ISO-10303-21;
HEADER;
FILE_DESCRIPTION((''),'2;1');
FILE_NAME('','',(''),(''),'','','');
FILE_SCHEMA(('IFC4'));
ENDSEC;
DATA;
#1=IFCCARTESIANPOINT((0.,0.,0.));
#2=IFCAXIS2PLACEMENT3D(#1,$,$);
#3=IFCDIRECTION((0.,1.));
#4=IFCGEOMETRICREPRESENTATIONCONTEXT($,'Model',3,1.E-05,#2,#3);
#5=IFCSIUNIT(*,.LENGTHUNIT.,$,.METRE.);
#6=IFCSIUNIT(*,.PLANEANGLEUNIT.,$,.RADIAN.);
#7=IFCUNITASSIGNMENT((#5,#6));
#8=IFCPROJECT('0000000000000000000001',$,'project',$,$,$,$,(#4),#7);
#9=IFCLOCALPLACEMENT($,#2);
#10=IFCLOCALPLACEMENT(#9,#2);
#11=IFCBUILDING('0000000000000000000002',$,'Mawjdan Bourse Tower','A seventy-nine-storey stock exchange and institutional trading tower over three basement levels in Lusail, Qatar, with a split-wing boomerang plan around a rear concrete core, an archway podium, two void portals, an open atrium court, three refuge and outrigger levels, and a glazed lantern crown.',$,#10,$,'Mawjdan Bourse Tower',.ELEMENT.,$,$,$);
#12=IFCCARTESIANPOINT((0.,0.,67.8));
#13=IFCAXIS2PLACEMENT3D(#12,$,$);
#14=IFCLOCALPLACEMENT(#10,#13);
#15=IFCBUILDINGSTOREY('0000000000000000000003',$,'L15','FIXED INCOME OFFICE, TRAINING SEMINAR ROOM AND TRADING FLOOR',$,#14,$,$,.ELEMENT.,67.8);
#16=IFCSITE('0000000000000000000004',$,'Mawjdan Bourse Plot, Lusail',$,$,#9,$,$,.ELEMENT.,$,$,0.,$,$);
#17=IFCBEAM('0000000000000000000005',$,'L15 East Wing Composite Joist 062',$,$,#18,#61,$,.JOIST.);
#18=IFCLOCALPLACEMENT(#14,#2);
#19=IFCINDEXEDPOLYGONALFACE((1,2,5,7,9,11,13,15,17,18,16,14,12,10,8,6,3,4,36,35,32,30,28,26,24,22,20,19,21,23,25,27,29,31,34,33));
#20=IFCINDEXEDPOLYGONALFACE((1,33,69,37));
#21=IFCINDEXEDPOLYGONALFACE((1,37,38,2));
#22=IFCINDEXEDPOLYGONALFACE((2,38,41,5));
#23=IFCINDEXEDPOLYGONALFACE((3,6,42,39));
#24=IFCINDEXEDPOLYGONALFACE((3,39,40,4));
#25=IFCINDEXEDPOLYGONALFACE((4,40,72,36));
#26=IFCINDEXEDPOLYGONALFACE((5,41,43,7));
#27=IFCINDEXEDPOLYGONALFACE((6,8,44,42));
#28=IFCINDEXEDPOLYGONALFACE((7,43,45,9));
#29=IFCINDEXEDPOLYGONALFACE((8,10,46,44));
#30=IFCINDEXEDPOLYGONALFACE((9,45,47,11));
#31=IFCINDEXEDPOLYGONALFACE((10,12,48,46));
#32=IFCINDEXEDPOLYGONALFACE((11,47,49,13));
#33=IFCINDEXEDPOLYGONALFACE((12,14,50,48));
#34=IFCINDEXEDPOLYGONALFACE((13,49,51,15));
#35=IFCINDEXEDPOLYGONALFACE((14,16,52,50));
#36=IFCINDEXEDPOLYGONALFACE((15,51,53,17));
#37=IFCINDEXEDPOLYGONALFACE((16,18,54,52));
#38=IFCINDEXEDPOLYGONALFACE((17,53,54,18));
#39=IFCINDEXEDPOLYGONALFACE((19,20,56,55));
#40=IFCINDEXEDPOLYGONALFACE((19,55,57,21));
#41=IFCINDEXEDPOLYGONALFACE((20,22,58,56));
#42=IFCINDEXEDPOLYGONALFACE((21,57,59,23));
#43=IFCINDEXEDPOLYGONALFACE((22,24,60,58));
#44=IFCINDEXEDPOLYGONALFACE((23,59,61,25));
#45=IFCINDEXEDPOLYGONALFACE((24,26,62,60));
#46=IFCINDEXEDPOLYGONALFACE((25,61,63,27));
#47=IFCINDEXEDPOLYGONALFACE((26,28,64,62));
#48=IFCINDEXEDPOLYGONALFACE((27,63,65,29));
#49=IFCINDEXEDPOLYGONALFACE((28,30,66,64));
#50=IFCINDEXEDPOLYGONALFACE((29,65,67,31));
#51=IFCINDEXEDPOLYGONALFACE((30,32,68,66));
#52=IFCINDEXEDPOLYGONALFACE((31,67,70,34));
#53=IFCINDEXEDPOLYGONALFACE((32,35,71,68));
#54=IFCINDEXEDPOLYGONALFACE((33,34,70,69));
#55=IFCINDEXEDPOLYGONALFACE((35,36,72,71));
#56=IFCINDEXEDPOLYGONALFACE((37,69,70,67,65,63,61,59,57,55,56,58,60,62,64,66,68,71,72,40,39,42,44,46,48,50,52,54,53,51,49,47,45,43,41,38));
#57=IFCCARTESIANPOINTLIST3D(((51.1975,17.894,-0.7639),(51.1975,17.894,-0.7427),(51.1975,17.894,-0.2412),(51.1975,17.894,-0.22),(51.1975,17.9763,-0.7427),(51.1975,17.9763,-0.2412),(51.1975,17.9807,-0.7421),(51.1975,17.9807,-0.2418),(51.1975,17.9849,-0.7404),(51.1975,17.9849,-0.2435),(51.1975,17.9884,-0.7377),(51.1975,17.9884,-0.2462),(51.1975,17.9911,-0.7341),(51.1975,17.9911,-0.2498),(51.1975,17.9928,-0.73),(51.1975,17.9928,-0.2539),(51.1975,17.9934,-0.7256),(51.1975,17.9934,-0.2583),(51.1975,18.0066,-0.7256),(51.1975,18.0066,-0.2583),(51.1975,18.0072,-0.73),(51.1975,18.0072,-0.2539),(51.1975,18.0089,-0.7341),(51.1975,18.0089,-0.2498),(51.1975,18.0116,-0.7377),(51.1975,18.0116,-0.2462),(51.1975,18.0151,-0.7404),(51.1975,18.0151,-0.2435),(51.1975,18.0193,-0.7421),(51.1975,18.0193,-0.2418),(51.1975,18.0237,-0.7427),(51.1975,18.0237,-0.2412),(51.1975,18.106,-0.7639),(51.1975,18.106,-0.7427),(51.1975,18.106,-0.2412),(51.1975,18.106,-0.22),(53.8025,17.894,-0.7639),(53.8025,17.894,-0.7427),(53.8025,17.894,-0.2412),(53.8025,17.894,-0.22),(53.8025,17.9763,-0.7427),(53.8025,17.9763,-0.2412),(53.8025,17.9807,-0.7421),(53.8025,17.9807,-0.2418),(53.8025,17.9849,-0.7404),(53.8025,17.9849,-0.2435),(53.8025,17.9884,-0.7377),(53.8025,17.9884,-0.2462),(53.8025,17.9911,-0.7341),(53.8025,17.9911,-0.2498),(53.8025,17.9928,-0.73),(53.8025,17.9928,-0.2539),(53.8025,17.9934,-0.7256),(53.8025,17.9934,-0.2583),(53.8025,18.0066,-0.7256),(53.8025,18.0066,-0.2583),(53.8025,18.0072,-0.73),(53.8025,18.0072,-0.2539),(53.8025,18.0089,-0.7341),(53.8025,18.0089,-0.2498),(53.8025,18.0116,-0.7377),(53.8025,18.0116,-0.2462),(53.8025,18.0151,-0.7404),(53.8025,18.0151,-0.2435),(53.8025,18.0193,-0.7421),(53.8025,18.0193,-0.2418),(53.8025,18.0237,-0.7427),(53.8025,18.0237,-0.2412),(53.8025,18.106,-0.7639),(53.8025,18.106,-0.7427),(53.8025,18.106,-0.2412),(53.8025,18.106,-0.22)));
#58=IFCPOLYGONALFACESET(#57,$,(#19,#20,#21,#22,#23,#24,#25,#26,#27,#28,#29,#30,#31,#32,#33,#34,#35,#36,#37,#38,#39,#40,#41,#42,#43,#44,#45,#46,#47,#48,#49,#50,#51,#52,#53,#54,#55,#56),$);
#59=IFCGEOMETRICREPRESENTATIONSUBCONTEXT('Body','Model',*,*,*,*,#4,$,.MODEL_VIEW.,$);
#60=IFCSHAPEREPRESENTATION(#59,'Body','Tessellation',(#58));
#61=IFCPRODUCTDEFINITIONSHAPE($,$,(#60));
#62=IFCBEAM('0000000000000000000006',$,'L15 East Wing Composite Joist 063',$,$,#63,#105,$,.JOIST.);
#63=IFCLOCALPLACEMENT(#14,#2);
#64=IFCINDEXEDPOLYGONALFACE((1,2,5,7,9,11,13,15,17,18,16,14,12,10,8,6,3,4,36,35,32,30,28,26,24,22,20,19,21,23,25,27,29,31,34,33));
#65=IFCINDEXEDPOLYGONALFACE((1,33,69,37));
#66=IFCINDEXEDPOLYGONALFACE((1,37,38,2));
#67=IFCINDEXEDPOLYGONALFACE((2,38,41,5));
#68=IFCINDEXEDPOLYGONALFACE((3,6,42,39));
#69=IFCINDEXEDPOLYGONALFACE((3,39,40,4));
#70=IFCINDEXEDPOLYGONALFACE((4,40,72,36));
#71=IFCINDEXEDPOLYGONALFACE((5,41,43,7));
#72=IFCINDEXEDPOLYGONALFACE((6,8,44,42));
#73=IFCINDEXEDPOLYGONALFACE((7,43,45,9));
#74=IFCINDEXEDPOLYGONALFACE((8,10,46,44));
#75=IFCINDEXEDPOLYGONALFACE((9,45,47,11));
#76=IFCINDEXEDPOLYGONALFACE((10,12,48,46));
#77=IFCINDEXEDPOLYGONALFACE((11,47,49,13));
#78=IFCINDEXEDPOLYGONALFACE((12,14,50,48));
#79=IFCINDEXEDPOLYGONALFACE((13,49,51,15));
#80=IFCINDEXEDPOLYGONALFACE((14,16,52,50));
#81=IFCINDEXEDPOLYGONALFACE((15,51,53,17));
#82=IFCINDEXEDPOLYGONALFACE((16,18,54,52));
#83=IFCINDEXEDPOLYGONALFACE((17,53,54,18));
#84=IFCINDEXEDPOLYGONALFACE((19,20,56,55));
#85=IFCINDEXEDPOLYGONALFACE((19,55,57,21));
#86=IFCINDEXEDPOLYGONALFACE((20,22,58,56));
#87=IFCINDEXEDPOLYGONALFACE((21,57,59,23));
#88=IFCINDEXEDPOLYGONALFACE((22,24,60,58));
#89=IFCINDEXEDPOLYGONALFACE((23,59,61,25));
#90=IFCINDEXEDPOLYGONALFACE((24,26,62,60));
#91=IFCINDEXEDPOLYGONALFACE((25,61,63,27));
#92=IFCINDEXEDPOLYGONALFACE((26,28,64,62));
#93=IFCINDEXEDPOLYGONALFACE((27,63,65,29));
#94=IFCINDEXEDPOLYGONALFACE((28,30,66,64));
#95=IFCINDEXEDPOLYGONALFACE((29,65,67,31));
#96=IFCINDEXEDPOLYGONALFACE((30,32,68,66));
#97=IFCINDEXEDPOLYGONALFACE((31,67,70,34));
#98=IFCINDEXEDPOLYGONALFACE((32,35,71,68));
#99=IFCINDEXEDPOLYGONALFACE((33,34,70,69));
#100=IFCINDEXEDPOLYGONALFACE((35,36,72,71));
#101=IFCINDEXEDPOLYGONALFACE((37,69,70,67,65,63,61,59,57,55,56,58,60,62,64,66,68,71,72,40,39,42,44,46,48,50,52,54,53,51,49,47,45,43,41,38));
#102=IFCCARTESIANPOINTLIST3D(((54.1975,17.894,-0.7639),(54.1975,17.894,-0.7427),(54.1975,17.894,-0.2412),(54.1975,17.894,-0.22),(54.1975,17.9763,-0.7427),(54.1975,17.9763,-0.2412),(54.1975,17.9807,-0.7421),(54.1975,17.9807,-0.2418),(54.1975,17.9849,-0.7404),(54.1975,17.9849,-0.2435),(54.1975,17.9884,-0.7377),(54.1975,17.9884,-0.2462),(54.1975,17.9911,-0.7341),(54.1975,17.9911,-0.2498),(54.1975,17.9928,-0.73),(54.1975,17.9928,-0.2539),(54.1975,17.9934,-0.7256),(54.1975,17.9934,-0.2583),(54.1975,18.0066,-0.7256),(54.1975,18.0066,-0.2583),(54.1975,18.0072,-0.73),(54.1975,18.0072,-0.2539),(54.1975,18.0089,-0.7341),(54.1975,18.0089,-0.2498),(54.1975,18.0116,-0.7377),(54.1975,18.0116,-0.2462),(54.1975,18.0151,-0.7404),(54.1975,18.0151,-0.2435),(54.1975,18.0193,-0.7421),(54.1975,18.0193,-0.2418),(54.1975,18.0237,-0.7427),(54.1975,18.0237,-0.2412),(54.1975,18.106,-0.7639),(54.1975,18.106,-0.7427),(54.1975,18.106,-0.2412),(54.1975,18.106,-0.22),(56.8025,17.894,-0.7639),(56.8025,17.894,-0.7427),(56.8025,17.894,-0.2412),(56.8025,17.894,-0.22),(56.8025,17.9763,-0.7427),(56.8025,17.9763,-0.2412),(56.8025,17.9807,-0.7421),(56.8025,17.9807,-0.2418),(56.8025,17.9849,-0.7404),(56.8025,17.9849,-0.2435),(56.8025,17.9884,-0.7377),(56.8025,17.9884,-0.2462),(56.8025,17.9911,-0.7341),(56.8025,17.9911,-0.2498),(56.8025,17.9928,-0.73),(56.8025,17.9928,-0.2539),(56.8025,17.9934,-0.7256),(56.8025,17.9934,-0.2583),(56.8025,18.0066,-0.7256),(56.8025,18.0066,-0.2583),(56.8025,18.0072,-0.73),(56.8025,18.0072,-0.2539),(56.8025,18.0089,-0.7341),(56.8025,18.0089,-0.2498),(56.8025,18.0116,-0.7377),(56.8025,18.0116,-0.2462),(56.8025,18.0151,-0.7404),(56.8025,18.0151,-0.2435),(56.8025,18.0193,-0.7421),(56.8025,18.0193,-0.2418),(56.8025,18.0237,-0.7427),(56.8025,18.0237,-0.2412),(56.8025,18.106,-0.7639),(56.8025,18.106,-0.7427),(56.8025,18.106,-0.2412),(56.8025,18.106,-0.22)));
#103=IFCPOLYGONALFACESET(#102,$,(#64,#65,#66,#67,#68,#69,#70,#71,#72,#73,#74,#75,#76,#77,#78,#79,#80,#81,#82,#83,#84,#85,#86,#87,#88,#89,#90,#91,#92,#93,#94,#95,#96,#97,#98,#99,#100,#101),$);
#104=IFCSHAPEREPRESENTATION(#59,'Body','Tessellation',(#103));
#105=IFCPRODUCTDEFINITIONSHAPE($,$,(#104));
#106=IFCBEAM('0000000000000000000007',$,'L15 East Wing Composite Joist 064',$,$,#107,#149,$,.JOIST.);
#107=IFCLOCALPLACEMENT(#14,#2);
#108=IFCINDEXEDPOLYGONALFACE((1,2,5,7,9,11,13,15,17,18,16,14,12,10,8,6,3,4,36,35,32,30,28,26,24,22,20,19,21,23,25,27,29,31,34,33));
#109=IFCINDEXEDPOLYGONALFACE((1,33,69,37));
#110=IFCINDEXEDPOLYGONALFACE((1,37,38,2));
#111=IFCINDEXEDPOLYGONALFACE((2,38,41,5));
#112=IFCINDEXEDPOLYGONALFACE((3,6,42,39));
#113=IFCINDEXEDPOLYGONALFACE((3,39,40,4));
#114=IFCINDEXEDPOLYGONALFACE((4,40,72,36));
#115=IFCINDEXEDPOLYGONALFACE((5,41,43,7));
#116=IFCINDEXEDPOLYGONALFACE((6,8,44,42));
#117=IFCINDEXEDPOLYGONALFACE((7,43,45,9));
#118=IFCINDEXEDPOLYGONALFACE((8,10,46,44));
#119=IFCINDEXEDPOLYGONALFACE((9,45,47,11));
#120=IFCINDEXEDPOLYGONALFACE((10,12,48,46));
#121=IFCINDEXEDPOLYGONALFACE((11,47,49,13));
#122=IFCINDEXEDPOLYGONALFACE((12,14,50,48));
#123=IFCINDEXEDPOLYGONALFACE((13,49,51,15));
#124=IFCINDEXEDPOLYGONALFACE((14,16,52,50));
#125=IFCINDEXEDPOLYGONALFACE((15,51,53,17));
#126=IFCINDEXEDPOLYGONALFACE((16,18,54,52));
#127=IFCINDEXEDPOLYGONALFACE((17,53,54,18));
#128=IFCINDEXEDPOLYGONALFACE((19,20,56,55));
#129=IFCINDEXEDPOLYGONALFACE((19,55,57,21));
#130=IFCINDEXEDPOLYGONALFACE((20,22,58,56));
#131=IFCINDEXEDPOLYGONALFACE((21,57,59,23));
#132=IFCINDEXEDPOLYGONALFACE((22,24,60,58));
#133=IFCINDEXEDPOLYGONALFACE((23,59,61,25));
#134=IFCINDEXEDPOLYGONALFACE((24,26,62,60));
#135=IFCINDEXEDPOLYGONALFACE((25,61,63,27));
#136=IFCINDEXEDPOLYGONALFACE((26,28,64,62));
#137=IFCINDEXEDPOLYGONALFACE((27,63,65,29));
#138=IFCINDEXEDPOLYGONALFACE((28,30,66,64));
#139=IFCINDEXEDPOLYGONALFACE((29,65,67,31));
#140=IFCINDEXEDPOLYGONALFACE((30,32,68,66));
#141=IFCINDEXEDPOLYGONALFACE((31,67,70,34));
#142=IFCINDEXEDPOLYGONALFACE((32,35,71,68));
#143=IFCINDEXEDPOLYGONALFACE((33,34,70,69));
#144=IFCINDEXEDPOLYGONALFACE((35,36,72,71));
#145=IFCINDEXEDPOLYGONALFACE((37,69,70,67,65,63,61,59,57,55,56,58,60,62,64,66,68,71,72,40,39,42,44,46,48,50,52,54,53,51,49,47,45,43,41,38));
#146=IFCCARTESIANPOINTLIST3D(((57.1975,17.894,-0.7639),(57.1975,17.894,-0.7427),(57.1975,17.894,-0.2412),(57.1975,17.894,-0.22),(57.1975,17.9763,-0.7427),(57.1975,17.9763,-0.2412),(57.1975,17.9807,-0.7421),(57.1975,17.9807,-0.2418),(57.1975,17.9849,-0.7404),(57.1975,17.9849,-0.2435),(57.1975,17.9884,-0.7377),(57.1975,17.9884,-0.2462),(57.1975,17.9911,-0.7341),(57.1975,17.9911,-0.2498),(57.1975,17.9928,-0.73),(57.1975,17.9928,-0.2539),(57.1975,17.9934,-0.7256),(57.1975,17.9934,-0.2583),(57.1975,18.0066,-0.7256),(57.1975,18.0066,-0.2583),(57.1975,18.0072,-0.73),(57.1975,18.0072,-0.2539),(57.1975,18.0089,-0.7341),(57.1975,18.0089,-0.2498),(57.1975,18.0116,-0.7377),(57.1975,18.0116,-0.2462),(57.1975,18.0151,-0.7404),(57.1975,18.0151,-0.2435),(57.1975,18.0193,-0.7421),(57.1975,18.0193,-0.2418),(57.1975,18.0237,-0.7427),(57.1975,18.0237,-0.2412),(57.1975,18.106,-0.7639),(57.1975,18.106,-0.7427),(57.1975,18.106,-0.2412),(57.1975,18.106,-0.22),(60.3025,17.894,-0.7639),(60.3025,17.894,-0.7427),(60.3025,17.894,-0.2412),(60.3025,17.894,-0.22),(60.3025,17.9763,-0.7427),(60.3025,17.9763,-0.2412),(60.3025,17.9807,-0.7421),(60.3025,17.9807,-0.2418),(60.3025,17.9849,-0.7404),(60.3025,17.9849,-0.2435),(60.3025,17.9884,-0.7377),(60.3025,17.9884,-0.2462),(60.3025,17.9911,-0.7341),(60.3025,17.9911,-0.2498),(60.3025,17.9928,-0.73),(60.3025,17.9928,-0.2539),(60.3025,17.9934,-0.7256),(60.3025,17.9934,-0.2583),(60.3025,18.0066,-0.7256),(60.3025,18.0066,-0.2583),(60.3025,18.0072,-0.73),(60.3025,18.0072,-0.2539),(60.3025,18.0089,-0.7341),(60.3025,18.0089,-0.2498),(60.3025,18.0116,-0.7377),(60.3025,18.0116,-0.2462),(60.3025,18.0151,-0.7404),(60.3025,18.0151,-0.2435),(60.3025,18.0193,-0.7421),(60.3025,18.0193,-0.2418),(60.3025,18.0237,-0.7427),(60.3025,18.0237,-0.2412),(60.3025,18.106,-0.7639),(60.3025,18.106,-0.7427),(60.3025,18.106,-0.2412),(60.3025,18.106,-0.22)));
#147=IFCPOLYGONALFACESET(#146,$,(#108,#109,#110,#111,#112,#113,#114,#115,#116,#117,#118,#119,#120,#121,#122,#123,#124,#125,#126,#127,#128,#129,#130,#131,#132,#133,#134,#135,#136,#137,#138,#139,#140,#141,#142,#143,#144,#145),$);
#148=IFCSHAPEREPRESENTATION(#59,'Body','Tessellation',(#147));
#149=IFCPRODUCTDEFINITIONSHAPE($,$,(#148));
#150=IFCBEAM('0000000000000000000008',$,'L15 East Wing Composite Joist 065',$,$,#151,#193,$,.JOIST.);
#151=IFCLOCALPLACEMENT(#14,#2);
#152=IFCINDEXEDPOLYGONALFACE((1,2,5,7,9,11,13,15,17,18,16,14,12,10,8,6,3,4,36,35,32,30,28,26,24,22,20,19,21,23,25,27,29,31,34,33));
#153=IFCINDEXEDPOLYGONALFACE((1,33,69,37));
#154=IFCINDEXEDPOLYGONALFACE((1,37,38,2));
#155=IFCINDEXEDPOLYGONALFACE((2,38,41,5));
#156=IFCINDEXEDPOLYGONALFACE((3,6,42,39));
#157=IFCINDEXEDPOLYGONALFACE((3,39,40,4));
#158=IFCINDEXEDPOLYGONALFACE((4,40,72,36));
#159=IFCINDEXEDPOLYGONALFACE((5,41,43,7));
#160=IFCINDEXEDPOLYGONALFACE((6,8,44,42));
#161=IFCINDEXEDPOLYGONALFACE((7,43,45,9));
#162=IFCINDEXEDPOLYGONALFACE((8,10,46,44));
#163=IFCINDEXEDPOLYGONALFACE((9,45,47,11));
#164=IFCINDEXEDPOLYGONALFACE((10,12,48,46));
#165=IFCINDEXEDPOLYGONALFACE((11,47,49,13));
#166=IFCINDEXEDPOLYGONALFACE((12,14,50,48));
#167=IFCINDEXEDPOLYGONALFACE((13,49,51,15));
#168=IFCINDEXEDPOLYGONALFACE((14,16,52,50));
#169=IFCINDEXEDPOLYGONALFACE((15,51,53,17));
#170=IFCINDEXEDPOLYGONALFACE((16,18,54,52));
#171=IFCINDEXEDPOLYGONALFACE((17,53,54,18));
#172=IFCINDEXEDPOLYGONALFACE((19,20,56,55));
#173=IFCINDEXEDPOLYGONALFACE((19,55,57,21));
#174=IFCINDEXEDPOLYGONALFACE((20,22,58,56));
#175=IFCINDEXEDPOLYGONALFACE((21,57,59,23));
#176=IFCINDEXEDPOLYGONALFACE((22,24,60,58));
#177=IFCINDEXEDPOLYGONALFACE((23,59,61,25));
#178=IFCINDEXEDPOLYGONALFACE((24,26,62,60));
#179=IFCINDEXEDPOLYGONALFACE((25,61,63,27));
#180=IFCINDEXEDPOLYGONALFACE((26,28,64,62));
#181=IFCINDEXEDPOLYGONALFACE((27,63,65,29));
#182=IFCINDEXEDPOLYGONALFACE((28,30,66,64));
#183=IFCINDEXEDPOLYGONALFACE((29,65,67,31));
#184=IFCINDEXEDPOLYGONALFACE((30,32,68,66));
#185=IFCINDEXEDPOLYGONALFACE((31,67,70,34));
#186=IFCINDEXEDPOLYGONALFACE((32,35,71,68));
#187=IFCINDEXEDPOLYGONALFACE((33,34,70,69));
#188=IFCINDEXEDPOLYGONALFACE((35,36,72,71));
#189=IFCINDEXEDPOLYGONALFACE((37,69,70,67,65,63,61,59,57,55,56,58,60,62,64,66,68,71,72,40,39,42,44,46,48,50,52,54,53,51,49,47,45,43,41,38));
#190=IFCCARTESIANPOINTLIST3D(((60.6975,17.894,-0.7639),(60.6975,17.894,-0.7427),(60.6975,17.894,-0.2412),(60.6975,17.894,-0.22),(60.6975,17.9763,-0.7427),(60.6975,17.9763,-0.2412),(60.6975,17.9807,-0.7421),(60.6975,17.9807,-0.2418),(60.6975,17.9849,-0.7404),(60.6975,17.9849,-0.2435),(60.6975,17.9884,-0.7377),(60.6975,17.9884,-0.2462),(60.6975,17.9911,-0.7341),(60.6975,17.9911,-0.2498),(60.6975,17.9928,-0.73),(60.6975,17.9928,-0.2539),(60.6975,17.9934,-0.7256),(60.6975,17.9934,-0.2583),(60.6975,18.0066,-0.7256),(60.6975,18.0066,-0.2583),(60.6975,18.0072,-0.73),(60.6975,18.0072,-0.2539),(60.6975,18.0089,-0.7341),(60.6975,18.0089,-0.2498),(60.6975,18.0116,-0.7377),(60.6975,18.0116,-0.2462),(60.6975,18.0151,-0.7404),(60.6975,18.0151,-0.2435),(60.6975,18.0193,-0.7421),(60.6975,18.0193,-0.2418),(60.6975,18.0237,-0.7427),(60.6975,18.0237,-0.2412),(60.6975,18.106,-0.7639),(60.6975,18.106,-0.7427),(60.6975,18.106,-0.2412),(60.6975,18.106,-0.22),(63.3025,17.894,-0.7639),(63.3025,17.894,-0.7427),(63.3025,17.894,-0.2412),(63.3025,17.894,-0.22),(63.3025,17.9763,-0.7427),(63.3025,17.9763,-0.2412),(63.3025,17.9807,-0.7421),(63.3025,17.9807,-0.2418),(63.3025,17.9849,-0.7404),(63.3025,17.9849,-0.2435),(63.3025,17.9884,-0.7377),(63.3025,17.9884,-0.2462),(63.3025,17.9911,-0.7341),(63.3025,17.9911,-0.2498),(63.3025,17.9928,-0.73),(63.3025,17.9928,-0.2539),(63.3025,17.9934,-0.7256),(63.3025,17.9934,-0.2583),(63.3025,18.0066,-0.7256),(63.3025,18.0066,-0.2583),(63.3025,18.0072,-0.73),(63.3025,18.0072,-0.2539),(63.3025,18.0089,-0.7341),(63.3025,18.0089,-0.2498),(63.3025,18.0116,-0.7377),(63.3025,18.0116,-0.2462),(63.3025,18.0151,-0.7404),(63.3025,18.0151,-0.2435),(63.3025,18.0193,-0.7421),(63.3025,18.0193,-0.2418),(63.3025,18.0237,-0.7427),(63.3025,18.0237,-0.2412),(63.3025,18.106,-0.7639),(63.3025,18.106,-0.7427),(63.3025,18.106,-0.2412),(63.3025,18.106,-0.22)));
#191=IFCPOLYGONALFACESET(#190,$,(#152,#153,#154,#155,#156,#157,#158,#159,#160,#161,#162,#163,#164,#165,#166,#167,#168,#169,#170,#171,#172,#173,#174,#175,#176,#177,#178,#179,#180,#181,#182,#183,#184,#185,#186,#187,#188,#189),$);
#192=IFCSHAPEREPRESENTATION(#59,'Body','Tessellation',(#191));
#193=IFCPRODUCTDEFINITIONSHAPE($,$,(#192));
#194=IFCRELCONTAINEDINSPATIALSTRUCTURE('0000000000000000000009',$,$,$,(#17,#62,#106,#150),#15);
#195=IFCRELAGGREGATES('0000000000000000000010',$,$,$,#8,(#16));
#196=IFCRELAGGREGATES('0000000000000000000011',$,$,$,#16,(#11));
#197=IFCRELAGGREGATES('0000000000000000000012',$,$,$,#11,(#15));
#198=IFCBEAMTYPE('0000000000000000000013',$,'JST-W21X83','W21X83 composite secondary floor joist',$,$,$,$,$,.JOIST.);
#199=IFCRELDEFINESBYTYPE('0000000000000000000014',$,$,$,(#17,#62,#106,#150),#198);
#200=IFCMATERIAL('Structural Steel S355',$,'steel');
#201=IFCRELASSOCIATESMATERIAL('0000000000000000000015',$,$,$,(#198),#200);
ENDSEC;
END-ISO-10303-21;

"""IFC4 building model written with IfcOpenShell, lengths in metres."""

from ifc_helpers import new_model, si_unit, direction, frame, origin, origin_2d, place, context, subcontext, project, spatial, i_section, extrude, material, material_profile, profile_set, type_object, element, save


model = new_model("IFC4")

# Units and contexts
model_context = context("Model", 3, precision=1e-05, world=origin(), true_north=direction((0.0, 1.0)))
body_context = subcontext(model_context, "Body", "Model", "MODEL_VIEW")
ifc_project = project(units=[si_unit("LENGTHUNIT", "METRE"), si_unit("PLANEANGLEUNIT", "RADIAN")], contexts=[model_context])

# Site, building, storey
site_placement = place(None, origin())
site = spatial("IfcSite", under=ifc_project, at=site_placement, Name="Mawjdan Bourse Plot, Lusail", CompositionType="ELEMENT", RefElevation=0.0)
building_placement = place(site_placement, origin())
building = spatial("IfcBuilding", under=site, at=building_placement, Name="Mawjdan Bourse Tower", Description="A seventy-nine-storey stock exchange and institutional trading tower over three basement levels in Lusail, Qatar, with a split-wing boomerang plan around a rear concrete core, an archway podium, two void portals, an open atrium court, three refuge and outrigger levels, and a glazed lantern crown.", LongName="Mawjdan Bourse Tower", CompositionType="ELEMENT")
storey_placement = place(building_placement, frame((0.0, 0.0, 67.8)))
storey = spatial("IfcBuildingStorey", under=building, at=storey_placement, Name="L15", Description="FIXED INCOME OFFICE, TRAINING SEMINAR ROOM AND TRADING FLOOR", CompositionType="ELEMENT", Elevation=67.8)

# Beams
ifc_material_1 = material(Name="Structural Steel S355", Category="steel")
ifc_material_profile_1 = material_profile(ifc_material_1, i_section(OverallWidth=0.2119, OverallDepth=0.5439, WebThickness=0.0132, FlangeThickness=0.0212, FilletRadius=0.0171, at=origin_2d()), Name="W21X83")
ifc_profile_set_1 = profile_set([ifc_material_profile_1], Name="Structural Steel S355")
beam_type_1 = type_object("IfcBeamType", Name="JST-W21X83", Description="W21X83 composite secondary floor joist", PredefinedType="JOIST", material=ifc_profile_set_1)
for number, where, z_axis, x_axis, name in (
    (1, (51.1975, 18.0, -0.4919), (1.0, 0.0, 0.0), (0.0, 1.0, 0.0), "L15 East Wing Composite Joist 062"),
    (2, (54.1975, 18.0, -0.4919), (1.0, 0.0, 0.0), (0.0, 1.0, 0.0), "L15 East Wing Composite Joist 063"),
):
    element("IfcBeam", number, at=place(storey_placement, frame(where, z_axis=z_axis, x_axis=x_axis)), inside=storey, type_object=beam_type_1, Name=name, PredefinedType="JOIST", context=body_context, shape_type="SweptSolid", body=[
        extrude(i_section(OverallWidth=0.2119, OverallDepth=0.5439, WebThickness=0.0132, FlangeThickness=0.0212, FilletRadius=0.0171, at=origin_2d()), origin(), (0.0, 0.0, 1.0), 2.605),
    ])
beam_1_placement = place(storey_placement, frame((57.1975, 18.0, -0.4919), z_axis=(1.0, 0.0, 0.0), x_axis=(0.0, 1.0, 0.0)))
element("IfcBeam", 3, at=beam_1_placement, inside=storey, type_object=beam_type_1, Name="L15 East Wing Composite Joist 064", PredefinedType="JOIST", context=body_context, shape_type="SweptSolid", body=[
    extrude(i_section(OverallWidth=0.2119, OverallDepth=0.5439, WebThickness=0.0132, FlangeThickness=0.0212, FilletRadius=0.0171, at=origin_2d()), origin(), (0.0, 0.0, 1.0), 3.105),
])
beam_2_placement = place(storey_placement, frame((60.6975, 18.0, -0.4919), z_axis=(1.0, 0.0, 0.0), x_axis=(0.0, 1.0, 0.0)))
element("IfcBeam", 4, at=beam_2_placement, inside=storey, type_object=beam_type_1, Name="L15 East Wing Composite Joist 065", PredefinedType="JOIST", context=body_context, shape_type="SweptSolid", body=[
    extrude(i_section(OverallWidth=0.2119, OverallDepth=0.5439, WebThickness=0.0132, FlangeThickness=0.0212, FilletRadius=0.0171, at=origin_2d()), origin(), (0.0, 0.0, 1.0), 2.605),
])

save(model, "model.ifc")
